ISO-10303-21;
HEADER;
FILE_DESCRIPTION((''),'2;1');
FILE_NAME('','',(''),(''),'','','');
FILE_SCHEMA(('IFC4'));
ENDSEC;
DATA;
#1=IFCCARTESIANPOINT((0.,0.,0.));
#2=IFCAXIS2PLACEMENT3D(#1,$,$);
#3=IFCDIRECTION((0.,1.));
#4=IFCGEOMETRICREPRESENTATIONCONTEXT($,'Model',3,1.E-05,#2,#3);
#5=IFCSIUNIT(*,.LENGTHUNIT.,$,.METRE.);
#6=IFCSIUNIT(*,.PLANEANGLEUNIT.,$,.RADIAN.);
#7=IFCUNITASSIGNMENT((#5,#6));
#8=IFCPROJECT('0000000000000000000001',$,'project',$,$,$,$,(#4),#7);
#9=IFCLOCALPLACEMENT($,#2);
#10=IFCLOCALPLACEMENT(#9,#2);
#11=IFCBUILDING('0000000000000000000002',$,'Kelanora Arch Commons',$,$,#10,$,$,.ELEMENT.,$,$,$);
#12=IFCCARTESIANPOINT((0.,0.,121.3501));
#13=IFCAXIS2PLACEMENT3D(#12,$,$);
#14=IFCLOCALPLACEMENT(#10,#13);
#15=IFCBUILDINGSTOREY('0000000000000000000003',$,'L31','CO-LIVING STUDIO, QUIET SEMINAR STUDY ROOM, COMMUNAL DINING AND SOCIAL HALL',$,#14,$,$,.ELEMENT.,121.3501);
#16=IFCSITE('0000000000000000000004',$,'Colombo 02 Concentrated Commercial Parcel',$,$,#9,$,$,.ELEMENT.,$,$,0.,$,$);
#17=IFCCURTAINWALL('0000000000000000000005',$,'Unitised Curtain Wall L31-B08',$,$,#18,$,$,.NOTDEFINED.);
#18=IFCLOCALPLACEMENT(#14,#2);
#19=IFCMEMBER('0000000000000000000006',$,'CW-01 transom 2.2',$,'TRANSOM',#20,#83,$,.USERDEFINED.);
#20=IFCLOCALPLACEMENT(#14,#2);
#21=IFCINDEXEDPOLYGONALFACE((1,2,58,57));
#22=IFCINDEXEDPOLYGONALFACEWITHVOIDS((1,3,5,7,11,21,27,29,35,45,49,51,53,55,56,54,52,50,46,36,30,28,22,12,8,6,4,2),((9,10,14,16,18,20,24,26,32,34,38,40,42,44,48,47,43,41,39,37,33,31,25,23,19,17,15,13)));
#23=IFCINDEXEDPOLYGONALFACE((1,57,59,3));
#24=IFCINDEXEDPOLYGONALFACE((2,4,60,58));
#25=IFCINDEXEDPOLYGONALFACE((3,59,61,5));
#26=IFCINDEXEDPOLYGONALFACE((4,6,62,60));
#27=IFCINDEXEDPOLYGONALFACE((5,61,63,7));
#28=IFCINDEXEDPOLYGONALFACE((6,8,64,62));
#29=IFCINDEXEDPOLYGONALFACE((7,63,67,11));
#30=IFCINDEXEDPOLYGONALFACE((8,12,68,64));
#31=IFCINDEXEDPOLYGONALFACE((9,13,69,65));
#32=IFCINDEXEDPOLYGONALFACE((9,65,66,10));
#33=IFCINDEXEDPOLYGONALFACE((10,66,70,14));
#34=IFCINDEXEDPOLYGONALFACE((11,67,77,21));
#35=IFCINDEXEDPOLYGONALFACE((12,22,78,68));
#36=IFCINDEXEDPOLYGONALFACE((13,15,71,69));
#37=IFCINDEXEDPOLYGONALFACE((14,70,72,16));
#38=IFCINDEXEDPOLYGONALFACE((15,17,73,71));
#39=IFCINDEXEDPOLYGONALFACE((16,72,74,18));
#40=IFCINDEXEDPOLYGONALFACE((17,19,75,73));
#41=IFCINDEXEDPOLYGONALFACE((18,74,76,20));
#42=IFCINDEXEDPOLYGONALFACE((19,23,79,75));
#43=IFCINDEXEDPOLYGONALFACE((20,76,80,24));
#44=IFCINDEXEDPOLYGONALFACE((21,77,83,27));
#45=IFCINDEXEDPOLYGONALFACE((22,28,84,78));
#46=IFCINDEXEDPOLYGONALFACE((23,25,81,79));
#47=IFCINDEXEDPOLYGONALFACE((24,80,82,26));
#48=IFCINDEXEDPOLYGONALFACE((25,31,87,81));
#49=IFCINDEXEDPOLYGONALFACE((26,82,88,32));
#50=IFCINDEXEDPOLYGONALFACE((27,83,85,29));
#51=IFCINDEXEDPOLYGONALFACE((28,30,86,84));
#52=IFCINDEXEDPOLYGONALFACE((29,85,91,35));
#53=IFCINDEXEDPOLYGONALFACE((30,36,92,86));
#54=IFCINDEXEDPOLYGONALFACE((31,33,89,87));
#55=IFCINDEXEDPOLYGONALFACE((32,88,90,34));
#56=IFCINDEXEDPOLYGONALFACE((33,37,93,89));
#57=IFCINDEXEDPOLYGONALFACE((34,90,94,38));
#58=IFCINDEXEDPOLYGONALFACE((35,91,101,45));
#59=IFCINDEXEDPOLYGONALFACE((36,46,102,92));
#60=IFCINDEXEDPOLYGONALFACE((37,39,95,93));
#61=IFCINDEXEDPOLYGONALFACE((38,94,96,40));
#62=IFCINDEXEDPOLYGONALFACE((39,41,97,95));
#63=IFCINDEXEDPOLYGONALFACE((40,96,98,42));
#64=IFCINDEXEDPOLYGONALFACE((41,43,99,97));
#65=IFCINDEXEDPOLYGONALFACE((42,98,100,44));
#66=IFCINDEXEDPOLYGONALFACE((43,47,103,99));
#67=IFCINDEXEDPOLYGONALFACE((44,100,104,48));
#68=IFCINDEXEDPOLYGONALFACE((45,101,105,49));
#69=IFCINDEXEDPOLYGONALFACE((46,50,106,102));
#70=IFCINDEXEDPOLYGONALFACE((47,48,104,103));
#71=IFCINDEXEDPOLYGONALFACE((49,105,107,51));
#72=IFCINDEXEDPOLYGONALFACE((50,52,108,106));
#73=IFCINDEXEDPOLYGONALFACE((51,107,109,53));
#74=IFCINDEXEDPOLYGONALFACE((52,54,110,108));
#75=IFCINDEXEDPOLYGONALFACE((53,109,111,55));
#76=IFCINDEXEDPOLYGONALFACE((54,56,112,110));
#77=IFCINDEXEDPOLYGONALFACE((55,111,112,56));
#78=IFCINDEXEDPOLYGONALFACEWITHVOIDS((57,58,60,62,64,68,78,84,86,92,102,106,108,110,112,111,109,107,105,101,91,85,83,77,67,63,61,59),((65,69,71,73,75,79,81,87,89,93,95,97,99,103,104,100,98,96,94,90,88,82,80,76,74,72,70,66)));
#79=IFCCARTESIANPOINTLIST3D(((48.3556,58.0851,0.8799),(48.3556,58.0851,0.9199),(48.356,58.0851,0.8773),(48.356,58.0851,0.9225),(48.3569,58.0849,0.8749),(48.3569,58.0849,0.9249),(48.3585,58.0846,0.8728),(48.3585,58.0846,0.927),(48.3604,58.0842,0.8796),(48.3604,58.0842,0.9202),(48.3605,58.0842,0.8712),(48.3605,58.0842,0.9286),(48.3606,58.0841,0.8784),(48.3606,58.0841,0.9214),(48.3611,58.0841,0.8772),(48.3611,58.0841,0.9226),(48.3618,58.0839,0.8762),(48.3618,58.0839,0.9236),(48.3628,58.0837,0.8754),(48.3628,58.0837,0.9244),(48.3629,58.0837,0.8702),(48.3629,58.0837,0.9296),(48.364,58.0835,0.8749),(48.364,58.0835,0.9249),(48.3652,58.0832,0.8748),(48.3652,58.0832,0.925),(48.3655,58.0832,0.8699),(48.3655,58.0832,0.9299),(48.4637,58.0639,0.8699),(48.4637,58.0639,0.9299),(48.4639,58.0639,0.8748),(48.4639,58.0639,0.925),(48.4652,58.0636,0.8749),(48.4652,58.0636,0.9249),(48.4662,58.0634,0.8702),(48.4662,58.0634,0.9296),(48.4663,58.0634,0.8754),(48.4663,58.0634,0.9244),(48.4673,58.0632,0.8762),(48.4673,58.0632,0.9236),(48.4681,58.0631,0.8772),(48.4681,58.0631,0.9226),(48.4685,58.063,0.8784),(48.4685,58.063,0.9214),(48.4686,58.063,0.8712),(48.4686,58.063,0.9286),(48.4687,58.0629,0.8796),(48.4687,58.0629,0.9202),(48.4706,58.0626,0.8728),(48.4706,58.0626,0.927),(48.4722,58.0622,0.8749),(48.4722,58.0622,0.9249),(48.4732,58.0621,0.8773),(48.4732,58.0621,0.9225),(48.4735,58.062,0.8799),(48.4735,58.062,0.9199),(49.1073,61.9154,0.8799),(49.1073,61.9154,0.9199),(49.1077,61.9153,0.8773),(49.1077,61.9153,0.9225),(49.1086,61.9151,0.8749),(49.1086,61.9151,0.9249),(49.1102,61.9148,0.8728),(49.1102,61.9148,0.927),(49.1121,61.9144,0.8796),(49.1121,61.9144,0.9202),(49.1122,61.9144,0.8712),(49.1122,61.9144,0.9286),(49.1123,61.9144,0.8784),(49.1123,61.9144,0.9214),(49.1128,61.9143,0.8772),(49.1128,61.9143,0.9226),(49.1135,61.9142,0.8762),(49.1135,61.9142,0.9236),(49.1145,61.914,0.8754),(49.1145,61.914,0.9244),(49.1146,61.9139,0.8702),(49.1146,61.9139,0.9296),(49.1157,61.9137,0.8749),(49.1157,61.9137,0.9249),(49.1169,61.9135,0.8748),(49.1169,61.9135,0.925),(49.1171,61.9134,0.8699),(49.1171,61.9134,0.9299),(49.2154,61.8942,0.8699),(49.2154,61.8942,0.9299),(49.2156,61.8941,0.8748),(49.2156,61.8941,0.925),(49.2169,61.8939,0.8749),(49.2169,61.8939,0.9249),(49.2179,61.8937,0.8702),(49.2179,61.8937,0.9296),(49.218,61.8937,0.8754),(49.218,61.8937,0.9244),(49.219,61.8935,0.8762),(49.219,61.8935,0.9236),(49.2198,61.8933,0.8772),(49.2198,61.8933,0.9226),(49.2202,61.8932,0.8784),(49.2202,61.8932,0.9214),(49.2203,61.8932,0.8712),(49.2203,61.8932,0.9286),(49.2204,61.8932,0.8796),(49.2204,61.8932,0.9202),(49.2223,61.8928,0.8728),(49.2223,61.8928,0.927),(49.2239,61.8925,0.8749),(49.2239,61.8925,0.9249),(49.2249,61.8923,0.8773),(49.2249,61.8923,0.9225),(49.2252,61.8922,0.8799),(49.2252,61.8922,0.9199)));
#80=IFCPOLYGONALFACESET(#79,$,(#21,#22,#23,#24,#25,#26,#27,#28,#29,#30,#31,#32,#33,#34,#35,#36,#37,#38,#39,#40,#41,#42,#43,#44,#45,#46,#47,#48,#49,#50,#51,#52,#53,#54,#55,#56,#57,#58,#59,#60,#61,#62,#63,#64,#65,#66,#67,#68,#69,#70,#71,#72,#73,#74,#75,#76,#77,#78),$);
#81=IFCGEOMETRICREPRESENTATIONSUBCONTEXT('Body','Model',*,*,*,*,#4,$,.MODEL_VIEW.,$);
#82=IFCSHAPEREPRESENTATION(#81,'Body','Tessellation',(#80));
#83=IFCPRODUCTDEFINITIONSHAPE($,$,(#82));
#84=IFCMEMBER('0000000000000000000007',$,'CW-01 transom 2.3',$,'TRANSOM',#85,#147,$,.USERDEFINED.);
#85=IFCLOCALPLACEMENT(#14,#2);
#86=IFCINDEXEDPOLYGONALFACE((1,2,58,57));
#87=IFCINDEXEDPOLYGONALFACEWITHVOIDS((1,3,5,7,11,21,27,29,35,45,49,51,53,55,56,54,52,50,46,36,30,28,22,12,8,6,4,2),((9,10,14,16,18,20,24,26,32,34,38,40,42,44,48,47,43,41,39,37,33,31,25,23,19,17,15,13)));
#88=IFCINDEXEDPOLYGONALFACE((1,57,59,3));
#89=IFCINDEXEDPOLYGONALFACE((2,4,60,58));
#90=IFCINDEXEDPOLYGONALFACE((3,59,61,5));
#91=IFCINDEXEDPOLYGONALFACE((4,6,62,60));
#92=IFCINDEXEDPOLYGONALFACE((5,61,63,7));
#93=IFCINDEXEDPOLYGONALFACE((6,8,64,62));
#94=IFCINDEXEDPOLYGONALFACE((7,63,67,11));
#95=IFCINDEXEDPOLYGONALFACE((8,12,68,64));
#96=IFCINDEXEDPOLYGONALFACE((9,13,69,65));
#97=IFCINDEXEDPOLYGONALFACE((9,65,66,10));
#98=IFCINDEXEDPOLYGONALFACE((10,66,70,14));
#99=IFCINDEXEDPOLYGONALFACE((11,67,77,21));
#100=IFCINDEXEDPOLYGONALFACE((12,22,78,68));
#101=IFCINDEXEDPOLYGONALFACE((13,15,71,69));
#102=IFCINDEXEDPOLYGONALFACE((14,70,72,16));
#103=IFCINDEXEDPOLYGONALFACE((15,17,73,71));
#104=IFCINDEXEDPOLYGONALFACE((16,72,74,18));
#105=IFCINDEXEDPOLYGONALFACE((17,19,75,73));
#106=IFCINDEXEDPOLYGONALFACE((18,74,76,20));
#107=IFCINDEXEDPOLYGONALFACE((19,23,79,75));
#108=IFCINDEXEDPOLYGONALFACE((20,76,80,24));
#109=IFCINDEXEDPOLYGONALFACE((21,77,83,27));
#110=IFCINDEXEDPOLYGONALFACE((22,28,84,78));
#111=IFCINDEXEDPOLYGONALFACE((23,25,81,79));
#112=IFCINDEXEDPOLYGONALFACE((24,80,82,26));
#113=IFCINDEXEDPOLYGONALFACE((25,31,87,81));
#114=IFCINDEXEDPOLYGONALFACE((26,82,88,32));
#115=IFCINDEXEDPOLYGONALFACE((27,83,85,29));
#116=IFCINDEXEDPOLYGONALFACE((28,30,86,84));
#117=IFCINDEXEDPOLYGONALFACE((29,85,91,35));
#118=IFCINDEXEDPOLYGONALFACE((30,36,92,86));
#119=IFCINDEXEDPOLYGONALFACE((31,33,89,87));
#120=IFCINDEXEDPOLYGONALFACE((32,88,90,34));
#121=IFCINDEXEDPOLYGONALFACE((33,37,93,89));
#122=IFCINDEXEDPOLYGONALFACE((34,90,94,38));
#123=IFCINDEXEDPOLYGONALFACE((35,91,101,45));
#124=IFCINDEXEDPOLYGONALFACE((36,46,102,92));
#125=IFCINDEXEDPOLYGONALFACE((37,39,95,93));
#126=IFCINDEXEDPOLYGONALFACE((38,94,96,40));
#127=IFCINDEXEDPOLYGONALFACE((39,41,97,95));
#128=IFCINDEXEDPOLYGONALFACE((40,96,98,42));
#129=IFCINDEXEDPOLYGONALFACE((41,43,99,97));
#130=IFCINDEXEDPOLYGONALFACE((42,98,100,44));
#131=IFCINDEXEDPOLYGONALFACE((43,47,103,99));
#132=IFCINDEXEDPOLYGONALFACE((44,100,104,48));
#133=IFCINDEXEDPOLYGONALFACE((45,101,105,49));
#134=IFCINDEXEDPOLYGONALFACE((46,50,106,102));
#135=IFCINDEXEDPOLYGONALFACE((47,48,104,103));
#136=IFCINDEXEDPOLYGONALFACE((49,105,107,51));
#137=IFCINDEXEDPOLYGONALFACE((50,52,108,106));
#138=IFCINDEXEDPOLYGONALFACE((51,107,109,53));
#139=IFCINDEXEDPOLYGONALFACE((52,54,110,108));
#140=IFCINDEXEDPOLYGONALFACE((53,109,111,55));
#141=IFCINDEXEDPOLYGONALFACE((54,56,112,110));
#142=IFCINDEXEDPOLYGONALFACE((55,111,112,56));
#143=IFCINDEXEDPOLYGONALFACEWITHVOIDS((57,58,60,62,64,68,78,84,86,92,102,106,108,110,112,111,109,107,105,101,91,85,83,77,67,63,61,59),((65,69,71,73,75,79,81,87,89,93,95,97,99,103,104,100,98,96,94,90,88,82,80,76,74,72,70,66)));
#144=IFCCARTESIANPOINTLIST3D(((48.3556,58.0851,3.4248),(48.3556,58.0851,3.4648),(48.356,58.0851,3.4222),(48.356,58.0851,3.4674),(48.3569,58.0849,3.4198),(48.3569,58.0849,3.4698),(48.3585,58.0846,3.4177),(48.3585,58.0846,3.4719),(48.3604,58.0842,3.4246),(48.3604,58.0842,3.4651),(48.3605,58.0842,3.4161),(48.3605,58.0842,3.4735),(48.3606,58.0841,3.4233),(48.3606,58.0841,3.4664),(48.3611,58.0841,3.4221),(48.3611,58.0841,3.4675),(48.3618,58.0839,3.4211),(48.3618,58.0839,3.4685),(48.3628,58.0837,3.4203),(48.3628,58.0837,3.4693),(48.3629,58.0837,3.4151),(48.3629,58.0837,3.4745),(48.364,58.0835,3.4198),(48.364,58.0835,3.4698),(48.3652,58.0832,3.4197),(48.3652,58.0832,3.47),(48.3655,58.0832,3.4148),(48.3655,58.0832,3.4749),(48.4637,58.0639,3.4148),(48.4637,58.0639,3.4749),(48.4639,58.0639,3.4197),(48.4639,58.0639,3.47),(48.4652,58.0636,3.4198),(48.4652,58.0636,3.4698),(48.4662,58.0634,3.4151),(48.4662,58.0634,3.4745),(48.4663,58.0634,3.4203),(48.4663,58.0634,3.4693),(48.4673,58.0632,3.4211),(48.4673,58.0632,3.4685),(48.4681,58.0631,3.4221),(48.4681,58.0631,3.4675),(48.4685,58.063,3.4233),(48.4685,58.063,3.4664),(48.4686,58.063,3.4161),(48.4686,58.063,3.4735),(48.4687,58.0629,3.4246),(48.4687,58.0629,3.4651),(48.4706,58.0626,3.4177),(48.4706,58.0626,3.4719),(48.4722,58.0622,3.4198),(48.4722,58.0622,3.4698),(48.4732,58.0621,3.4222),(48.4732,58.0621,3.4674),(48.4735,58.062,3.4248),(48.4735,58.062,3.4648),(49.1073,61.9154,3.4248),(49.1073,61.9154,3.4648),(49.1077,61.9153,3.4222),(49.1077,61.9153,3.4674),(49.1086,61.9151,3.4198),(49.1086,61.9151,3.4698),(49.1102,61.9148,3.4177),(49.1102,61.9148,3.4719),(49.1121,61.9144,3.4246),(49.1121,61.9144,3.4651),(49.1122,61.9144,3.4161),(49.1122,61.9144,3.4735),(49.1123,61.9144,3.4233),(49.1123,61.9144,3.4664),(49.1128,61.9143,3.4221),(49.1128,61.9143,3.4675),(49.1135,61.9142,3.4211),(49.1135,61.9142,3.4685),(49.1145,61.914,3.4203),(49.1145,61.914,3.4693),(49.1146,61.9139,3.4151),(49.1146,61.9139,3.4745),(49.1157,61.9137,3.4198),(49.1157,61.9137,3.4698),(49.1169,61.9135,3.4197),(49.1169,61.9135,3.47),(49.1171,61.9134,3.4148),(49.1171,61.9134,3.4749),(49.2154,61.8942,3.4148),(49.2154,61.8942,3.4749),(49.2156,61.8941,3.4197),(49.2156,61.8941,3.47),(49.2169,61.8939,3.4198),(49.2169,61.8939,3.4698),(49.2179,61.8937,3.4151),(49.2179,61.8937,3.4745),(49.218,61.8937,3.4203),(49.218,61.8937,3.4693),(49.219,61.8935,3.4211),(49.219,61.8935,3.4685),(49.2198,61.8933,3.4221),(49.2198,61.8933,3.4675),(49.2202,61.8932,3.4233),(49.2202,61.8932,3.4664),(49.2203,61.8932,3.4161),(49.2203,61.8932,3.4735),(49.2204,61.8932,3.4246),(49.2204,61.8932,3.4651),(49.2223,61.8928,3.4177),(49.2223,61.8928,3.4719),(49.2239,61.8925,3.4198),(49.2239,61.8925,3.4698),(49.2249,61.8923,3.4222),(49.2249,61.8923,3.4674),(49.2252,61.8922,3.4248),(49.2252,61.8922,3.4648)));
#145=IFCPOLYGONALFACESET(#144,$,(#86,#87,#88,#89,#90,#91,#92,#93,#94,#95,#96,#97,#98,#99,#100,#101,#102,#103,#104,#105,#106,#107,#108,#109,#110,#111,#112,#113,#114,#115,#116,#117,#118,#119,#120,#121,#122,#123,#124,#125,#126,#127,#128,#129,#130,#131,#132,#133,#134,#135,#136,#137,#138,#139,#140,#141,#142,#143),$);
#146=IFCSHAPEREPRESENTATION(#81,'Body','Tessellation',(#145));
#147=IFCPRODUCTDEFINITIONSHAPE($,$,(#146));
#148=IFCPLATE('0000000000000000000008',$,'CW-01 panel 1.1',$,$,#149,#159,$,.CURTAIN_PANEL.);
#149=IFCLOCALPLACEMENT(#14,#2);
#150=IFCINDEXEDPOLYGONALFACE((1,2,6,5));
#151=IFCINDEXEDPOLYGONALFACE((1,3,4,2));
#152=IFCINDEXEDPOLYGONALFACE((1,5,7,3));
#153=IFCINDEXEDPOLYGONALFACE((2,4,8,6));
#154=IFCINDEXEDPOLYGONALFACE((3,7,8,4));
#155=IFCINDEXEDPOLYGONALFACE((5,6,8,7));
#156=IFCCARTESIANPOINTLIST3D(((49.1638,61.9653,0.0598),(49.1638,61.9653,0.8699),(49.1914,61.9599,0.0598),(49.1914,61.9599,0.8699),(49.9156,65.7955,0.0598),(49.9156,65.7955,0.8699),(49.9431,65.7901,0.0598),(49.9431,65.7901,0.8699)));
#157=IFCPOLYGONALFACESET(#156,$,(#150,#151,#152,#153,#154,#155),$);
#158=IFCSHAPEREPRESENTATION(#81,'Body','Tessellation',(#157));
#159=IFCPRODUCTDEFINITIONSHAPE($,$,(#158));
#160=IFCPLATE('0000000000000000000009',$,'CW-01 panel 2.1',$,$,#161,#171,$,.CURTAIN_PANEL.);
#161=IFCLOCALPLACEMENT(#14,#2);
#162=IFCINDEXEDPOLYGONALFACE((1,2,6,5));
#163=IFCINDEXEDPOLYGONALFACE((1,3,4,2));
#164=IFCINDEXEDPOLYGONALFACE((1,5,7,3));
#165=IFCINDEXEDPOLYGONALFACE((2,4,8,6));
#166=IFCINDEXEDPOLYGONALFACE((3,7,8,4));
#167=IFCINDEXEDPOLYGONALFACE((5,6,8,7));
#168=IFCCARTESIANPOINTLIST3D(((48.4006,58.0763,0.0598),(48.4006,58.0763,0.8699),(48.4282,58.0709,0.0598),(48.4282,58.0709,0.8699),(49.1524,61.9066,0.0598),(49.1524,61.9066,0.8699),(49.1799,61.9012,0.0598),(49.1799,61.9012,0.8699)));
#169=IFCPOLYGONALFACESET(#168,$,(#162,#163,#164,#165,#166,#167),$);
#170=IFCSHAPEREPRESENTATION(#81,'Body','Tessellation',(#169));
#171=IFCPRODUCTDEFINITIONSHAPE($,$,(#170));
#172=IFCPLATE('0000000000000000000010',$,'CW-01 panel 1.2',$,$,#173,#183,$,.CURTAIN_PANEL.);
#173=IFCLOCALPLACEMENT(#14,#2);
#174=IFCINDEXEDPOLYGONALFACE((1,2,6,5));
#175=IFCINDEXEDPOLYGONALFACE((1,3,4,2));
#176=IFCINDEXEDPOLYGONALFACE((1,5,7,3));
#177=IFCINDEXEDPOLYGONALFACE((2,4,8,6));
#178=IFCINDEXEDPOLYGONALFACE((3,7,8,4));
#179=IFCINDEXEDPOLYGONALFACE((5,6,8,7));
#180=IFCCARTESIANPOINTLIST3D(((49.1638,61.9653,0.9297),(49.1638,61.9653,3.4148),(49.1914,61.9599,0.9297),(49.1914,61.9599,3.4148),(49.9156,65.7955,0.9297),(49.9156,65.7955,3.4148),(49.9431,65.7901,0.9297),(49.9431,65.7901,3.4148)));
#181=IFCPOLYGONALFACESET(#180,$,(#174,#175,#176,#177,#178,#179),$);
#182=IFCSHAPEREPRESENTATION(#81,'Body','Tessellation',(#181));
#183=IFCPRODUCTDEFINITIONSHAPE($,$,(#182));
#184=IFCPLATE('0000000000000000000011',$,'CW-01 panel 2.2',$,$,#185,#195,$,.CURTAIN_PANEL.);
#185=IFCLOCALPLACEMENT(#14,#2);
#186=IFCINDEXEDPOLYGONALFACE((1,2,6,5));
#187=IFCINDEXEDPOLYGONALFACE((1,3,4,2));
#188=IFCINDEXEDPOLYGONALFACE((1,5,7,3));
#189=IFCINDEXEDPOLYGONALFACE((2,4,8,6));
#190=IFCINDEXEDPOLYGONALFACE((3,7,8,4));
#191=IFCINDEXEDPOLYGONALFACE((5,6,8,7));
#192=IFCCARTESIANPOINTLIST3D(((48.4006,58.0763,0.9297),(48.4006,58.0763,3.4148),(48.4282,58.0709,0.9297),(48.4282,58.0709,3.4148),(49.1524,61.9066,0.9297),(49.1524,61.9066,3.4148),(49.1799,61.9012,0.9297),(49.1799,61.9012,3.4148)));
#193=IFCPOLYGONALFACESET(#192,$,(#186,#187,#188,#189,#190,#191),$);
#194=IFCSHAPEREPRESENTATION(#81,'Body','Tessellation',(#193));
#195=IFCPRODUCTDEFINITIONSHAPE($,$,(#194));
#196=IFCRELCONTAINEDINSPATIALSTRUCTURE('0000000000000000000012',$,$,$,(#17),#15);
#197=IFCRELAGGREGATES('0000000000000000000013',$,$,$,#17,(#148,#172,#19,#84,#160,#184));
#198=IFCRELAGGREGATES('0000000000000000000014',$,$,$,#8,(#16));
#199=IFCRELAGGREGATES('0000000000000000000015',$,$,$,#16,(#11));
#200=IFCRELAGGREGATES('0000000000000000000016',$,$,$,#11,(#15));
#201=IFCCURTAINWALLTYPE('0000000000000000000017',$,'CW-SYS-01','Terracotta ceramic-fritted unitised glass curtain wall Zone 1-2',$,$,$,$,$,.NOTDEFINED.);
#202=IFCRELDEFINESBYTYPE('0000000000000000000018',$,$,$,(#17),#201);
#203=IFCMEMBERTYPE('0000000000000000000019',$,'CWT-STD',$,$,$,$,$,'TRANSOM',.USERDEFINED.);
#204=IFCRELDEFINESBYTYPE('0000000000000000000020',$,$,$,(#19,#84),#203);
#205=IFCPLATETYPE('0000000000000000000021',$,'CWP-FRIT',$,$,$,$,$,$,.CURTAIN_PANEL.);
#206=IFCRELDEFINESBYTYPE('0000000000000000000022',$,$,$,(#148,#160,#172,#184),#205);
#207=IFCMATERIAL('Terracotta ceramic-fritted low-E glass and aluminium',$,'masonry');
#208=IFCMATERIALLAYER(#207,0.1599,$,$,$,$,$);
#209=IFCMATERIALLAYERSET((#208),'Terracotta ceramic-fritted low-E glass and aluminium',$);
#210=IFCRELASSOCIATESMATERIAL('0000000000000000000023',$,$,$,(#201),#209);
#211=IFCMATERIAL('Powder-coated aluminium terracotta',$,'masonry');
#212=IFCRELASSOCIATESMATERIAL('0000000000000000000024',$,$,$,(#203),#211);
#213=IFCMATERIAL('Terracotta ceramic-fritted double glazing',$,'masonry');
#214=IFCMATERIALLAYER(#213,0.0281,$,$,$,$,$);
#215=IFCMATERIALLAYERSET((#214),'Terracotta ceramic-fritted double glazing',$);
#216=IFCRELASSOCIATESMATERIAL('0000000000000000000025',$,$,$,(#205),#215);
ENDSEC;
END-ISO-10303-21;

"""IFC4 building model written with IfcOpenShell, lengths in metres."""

from ifc_helpers import new_model, si_unit, direction, frame, origin, origin_2d, place, context, subcontext, project, spatial, rectangle, hollow_rectangle, extrude, source, transform, mapped, material, layer, layer_set, material_profile, profile_set, type_object, element, aggregate, save


model = new_model("IFC4")

# Units and contexts
model_context = context("Model", 3, precision=1e-05, world=origin(), true_north=direction((0.0, 1.0)))
body_context = subcontext(model_context, "Body", "Model", "MODEL_VIEW")
ifc_project = project(units=[si_unit("LENGTHUNIT", "METRE"), si_unit("PLANEANGLEUNIT", "RADIAN")], contexts=[model_context])

# Site, building, storey
site_placement = place(None, origin())
site = spatial("IfcSite", under=ifc_project, at=site_placement, Name="Colombo 02 Concentrated Commercial Parcel", CompositionType="ELEMENT", RefElevation=0.0)
building_placement = place(site_placement, origin())
building = spatial("IfcBuilding", under=site, at=building_placement, Name="Kelanora Arch Commons", CompositionType="ELEMENT")
storey_placement = place(building_placement, frame((0.0, 0.0, 121.3501)))
storey = spatial("IfcBuildingStorey", under=building, at=storey_placement, Name="L31", Description="CO-LIVING STUDIO, QUIET SEMINAR STUDY ROOM, COMMUNAL DINING AND SOCIAL HALL", CompositionType="ELEMENT", Elevation=121.3501)

# Curtain wall, members, plates
ifc_material_1 = material(Name="Terracotta ceramic-fritted low-E glass and aluminium", Category="masonry")
ifc_layer_1 = layer(ifc_material_1, 0.1599)
ifc_layer_set_1 = layer_set([ifc_layer_1], Name="Terracotta ceramic-fritted low-E glass and aluminium")
curtain_wall_type = type_object("IfcCurtainWallType", Name="CW-SYS-01", Description="Terracotta ceramic-fritted unitised glass curtain wall Zone 1-2", PredefinedType="NOTDEFINED", material=ifc_layer_set_1)
curtain_wall_placement = place(storey_placement, origin())
curtain_wall = element("IfcCurtainWall", 1, at=curtain_wall_placement, inside=storey, type_object=curtain_wall_type, Name="Unitised Curtain Wall L31-B08", PredefinedType="NOTDEFINED")
ifc_material_2 = material(Name="Powder-coated aluminium terracotta", Category="masonry")
ifc_material_profile_1 = material_profile(ifc_material_2, hollow_rectangle(XDim=0.1201, YDim=0.0601, WallThickness=0.0049, InnerFilletRadius=0.0049, OuterFilletRadius=0.01, at=origin_2d()), Name="CWT120x60")
ifc_profile_set_1 = profile_set([ifc_material_profile_1], Name="Powder-coated aluminium terracotta")
member_type_1 = type_object("IfcMemberType", Name="CWT-STD", ElementType="TRANSOM", PredefinedType="USERDEFINED", material=ifc_profile_set_1)
member_1_placement = place(storey_placement, frame((49.1663, 61.9038, 0.8999), z_axis=(-0.192579, -0.981282, 0.0), x_axis=(0.981282, -0.192579, 0.0)))
member_1 = element("IfcMember", 2, at=member_1_placement, type_object=member_type_1, Name="CW-01 transom 2.2", ObjectType="TRANSOM", PredefinedType="USERDEFINED", context=body_context, shape_type="SweptSolid", body=[
    extrude(hollow_rectangle(XDim=0.1201, YDim=0.0601, WallThickness=0.0049, InnerFilletRadius=0.0049, OuterFilletRadius=0.01, at=origin_2d()), origin(), (0.0, 0.0, 1.0), 3.9033),
])
member_2_placement = place(storey_placement, frame((49.1663, 61.9038, 3.4448), z_axis=(-0.192579, -0.981282, 0.0), x_axis=(0.981282, -0.192579, 0.0)))
member_2 = element("IfcMember", 3, at=member_2_placement, type_object=member_type_1, Name="CW-01 transom 2.3", ObjectType="TRANSOM", PredefinedType="USERDEFINED", context=body_context, shape_type="SweptSolid", body=[
    extrude(hollow_rectangle(XDim=0.1201, YDim=0.0601, WallThickness=0.0049, InnerFilletRadius=0.0049, OuterFilletRadius=0.01, at=origin_2d()), origin(), (0.0, 0.0, 1.0), 3.9033),
])
ifc_material_3 = material(Name="Terracotta ceramic-fritted double glazing", Category="masonry")
ifc_layer_2 = layer(ifc_material_3, 0.0281)
ifc_layer_set_2 = layer_set([ifc_layer_2], Name="Terracotta ceramic-fritted double glazing")
plate_type = type_object("IfcPlateType", Name="CWP-FRIT", PredefinedType="CURTAIN_PANEL", material=ifc_layer_set_2)
shared_shape_1 = source(origin(), body_context, "Body", "SweptSolid", [
    extrude(rectangle(XDim=3.9033, YDim=0.0281, at=origin_2d()), origin(), (0.0, 0.0, 1.0), 0.8101),
])
plate_1_placement = place(storey_placement, frame((49.5535, 63.8777, 0.0598), z_axis=(0.0, 0.0, 1.0), x_axis=(-0.192585, -0.98128, 0.0)))
plate_1 = element("IfcPlate", 4, at=plate_1_placement, type_object=plate_type, Name="CW-01 panel 1.1", PredefinedType="CURTAIN_PANEL", context=body_context, shape_type="MappedRepresentation", body=[
    mapped(shared_shape_1, transform((0.0, 0.0, 0.0), scale=1.0)),
])
plate_2_placement = place(storey_placement, frame((48.7903, 59.9888, 0.0598), z_axis=(0.0, 0.0, 1.0), x_axis=(-0.192585, -0.98128, 0.0)))
plate_2 = element("IfcPlate", 5, at=plate_2_placement, type_object=plate_type, Name="CW-01 panel 2.1", PredefinedType="CURTAIN_PANEL", context=body_context, shape_type="MappedRepresentation", body=[
    mapped(shared_shape_1, transform((0.0, 0.0, 0.0), scale=1.0)),
])
shared_shape_2 = source(origin(), body_context, "Body", "SweptSolid", [
    extrude(rectangle(XDim=3.9033, YDim=0.0281, at=origin_2d()), origin(), (0.0, 0.0, 1.0), 2.4851),
])
plate_3_placement = place(storey_placement, frame((49.5535, 63.8777, 0.9297), z_axis=(0.0, 0.0, 1.0), x_axis=(-0.192585, -0.98128, 0.0)))
plate_3 = element("IfcPlate", 6, at=plate_3_placement, type_object=plate_type, Name="CW-01 panel 1.2", PredefinedType="CURTAIN_PANEL", context=body_context, shape_type="MappedRepresentation", body=[
    mapped(shared_shape_2, transform((0.0, 0.0, 0.0), scale=1.0)),
])
plate_4_placement = place(storey_placement, frame((48.7903, 59.9888, 0.9297), z_axis=(0.0, 0.0, 1.0), x_axis=(-0.192585, -0.98128, 0.0)))
plate_4 = element("IfcPlate", 7, at=plate_4_placement, type_object=plate_type, Name="CW-01 panel 2.2", PredefinedType="CURTAIN_PANEL", context=body_context, shape_type="MappedRepresentation", body=[
    mapped(shared_shape_2, transform((0.0, 0.0, 0.0), scale=1.0)),
])
aggregate(curtain_wall, [plate_1, plate_3, member_1, member_2, plate_2, plate_4])

save(model, "model.ifc")
